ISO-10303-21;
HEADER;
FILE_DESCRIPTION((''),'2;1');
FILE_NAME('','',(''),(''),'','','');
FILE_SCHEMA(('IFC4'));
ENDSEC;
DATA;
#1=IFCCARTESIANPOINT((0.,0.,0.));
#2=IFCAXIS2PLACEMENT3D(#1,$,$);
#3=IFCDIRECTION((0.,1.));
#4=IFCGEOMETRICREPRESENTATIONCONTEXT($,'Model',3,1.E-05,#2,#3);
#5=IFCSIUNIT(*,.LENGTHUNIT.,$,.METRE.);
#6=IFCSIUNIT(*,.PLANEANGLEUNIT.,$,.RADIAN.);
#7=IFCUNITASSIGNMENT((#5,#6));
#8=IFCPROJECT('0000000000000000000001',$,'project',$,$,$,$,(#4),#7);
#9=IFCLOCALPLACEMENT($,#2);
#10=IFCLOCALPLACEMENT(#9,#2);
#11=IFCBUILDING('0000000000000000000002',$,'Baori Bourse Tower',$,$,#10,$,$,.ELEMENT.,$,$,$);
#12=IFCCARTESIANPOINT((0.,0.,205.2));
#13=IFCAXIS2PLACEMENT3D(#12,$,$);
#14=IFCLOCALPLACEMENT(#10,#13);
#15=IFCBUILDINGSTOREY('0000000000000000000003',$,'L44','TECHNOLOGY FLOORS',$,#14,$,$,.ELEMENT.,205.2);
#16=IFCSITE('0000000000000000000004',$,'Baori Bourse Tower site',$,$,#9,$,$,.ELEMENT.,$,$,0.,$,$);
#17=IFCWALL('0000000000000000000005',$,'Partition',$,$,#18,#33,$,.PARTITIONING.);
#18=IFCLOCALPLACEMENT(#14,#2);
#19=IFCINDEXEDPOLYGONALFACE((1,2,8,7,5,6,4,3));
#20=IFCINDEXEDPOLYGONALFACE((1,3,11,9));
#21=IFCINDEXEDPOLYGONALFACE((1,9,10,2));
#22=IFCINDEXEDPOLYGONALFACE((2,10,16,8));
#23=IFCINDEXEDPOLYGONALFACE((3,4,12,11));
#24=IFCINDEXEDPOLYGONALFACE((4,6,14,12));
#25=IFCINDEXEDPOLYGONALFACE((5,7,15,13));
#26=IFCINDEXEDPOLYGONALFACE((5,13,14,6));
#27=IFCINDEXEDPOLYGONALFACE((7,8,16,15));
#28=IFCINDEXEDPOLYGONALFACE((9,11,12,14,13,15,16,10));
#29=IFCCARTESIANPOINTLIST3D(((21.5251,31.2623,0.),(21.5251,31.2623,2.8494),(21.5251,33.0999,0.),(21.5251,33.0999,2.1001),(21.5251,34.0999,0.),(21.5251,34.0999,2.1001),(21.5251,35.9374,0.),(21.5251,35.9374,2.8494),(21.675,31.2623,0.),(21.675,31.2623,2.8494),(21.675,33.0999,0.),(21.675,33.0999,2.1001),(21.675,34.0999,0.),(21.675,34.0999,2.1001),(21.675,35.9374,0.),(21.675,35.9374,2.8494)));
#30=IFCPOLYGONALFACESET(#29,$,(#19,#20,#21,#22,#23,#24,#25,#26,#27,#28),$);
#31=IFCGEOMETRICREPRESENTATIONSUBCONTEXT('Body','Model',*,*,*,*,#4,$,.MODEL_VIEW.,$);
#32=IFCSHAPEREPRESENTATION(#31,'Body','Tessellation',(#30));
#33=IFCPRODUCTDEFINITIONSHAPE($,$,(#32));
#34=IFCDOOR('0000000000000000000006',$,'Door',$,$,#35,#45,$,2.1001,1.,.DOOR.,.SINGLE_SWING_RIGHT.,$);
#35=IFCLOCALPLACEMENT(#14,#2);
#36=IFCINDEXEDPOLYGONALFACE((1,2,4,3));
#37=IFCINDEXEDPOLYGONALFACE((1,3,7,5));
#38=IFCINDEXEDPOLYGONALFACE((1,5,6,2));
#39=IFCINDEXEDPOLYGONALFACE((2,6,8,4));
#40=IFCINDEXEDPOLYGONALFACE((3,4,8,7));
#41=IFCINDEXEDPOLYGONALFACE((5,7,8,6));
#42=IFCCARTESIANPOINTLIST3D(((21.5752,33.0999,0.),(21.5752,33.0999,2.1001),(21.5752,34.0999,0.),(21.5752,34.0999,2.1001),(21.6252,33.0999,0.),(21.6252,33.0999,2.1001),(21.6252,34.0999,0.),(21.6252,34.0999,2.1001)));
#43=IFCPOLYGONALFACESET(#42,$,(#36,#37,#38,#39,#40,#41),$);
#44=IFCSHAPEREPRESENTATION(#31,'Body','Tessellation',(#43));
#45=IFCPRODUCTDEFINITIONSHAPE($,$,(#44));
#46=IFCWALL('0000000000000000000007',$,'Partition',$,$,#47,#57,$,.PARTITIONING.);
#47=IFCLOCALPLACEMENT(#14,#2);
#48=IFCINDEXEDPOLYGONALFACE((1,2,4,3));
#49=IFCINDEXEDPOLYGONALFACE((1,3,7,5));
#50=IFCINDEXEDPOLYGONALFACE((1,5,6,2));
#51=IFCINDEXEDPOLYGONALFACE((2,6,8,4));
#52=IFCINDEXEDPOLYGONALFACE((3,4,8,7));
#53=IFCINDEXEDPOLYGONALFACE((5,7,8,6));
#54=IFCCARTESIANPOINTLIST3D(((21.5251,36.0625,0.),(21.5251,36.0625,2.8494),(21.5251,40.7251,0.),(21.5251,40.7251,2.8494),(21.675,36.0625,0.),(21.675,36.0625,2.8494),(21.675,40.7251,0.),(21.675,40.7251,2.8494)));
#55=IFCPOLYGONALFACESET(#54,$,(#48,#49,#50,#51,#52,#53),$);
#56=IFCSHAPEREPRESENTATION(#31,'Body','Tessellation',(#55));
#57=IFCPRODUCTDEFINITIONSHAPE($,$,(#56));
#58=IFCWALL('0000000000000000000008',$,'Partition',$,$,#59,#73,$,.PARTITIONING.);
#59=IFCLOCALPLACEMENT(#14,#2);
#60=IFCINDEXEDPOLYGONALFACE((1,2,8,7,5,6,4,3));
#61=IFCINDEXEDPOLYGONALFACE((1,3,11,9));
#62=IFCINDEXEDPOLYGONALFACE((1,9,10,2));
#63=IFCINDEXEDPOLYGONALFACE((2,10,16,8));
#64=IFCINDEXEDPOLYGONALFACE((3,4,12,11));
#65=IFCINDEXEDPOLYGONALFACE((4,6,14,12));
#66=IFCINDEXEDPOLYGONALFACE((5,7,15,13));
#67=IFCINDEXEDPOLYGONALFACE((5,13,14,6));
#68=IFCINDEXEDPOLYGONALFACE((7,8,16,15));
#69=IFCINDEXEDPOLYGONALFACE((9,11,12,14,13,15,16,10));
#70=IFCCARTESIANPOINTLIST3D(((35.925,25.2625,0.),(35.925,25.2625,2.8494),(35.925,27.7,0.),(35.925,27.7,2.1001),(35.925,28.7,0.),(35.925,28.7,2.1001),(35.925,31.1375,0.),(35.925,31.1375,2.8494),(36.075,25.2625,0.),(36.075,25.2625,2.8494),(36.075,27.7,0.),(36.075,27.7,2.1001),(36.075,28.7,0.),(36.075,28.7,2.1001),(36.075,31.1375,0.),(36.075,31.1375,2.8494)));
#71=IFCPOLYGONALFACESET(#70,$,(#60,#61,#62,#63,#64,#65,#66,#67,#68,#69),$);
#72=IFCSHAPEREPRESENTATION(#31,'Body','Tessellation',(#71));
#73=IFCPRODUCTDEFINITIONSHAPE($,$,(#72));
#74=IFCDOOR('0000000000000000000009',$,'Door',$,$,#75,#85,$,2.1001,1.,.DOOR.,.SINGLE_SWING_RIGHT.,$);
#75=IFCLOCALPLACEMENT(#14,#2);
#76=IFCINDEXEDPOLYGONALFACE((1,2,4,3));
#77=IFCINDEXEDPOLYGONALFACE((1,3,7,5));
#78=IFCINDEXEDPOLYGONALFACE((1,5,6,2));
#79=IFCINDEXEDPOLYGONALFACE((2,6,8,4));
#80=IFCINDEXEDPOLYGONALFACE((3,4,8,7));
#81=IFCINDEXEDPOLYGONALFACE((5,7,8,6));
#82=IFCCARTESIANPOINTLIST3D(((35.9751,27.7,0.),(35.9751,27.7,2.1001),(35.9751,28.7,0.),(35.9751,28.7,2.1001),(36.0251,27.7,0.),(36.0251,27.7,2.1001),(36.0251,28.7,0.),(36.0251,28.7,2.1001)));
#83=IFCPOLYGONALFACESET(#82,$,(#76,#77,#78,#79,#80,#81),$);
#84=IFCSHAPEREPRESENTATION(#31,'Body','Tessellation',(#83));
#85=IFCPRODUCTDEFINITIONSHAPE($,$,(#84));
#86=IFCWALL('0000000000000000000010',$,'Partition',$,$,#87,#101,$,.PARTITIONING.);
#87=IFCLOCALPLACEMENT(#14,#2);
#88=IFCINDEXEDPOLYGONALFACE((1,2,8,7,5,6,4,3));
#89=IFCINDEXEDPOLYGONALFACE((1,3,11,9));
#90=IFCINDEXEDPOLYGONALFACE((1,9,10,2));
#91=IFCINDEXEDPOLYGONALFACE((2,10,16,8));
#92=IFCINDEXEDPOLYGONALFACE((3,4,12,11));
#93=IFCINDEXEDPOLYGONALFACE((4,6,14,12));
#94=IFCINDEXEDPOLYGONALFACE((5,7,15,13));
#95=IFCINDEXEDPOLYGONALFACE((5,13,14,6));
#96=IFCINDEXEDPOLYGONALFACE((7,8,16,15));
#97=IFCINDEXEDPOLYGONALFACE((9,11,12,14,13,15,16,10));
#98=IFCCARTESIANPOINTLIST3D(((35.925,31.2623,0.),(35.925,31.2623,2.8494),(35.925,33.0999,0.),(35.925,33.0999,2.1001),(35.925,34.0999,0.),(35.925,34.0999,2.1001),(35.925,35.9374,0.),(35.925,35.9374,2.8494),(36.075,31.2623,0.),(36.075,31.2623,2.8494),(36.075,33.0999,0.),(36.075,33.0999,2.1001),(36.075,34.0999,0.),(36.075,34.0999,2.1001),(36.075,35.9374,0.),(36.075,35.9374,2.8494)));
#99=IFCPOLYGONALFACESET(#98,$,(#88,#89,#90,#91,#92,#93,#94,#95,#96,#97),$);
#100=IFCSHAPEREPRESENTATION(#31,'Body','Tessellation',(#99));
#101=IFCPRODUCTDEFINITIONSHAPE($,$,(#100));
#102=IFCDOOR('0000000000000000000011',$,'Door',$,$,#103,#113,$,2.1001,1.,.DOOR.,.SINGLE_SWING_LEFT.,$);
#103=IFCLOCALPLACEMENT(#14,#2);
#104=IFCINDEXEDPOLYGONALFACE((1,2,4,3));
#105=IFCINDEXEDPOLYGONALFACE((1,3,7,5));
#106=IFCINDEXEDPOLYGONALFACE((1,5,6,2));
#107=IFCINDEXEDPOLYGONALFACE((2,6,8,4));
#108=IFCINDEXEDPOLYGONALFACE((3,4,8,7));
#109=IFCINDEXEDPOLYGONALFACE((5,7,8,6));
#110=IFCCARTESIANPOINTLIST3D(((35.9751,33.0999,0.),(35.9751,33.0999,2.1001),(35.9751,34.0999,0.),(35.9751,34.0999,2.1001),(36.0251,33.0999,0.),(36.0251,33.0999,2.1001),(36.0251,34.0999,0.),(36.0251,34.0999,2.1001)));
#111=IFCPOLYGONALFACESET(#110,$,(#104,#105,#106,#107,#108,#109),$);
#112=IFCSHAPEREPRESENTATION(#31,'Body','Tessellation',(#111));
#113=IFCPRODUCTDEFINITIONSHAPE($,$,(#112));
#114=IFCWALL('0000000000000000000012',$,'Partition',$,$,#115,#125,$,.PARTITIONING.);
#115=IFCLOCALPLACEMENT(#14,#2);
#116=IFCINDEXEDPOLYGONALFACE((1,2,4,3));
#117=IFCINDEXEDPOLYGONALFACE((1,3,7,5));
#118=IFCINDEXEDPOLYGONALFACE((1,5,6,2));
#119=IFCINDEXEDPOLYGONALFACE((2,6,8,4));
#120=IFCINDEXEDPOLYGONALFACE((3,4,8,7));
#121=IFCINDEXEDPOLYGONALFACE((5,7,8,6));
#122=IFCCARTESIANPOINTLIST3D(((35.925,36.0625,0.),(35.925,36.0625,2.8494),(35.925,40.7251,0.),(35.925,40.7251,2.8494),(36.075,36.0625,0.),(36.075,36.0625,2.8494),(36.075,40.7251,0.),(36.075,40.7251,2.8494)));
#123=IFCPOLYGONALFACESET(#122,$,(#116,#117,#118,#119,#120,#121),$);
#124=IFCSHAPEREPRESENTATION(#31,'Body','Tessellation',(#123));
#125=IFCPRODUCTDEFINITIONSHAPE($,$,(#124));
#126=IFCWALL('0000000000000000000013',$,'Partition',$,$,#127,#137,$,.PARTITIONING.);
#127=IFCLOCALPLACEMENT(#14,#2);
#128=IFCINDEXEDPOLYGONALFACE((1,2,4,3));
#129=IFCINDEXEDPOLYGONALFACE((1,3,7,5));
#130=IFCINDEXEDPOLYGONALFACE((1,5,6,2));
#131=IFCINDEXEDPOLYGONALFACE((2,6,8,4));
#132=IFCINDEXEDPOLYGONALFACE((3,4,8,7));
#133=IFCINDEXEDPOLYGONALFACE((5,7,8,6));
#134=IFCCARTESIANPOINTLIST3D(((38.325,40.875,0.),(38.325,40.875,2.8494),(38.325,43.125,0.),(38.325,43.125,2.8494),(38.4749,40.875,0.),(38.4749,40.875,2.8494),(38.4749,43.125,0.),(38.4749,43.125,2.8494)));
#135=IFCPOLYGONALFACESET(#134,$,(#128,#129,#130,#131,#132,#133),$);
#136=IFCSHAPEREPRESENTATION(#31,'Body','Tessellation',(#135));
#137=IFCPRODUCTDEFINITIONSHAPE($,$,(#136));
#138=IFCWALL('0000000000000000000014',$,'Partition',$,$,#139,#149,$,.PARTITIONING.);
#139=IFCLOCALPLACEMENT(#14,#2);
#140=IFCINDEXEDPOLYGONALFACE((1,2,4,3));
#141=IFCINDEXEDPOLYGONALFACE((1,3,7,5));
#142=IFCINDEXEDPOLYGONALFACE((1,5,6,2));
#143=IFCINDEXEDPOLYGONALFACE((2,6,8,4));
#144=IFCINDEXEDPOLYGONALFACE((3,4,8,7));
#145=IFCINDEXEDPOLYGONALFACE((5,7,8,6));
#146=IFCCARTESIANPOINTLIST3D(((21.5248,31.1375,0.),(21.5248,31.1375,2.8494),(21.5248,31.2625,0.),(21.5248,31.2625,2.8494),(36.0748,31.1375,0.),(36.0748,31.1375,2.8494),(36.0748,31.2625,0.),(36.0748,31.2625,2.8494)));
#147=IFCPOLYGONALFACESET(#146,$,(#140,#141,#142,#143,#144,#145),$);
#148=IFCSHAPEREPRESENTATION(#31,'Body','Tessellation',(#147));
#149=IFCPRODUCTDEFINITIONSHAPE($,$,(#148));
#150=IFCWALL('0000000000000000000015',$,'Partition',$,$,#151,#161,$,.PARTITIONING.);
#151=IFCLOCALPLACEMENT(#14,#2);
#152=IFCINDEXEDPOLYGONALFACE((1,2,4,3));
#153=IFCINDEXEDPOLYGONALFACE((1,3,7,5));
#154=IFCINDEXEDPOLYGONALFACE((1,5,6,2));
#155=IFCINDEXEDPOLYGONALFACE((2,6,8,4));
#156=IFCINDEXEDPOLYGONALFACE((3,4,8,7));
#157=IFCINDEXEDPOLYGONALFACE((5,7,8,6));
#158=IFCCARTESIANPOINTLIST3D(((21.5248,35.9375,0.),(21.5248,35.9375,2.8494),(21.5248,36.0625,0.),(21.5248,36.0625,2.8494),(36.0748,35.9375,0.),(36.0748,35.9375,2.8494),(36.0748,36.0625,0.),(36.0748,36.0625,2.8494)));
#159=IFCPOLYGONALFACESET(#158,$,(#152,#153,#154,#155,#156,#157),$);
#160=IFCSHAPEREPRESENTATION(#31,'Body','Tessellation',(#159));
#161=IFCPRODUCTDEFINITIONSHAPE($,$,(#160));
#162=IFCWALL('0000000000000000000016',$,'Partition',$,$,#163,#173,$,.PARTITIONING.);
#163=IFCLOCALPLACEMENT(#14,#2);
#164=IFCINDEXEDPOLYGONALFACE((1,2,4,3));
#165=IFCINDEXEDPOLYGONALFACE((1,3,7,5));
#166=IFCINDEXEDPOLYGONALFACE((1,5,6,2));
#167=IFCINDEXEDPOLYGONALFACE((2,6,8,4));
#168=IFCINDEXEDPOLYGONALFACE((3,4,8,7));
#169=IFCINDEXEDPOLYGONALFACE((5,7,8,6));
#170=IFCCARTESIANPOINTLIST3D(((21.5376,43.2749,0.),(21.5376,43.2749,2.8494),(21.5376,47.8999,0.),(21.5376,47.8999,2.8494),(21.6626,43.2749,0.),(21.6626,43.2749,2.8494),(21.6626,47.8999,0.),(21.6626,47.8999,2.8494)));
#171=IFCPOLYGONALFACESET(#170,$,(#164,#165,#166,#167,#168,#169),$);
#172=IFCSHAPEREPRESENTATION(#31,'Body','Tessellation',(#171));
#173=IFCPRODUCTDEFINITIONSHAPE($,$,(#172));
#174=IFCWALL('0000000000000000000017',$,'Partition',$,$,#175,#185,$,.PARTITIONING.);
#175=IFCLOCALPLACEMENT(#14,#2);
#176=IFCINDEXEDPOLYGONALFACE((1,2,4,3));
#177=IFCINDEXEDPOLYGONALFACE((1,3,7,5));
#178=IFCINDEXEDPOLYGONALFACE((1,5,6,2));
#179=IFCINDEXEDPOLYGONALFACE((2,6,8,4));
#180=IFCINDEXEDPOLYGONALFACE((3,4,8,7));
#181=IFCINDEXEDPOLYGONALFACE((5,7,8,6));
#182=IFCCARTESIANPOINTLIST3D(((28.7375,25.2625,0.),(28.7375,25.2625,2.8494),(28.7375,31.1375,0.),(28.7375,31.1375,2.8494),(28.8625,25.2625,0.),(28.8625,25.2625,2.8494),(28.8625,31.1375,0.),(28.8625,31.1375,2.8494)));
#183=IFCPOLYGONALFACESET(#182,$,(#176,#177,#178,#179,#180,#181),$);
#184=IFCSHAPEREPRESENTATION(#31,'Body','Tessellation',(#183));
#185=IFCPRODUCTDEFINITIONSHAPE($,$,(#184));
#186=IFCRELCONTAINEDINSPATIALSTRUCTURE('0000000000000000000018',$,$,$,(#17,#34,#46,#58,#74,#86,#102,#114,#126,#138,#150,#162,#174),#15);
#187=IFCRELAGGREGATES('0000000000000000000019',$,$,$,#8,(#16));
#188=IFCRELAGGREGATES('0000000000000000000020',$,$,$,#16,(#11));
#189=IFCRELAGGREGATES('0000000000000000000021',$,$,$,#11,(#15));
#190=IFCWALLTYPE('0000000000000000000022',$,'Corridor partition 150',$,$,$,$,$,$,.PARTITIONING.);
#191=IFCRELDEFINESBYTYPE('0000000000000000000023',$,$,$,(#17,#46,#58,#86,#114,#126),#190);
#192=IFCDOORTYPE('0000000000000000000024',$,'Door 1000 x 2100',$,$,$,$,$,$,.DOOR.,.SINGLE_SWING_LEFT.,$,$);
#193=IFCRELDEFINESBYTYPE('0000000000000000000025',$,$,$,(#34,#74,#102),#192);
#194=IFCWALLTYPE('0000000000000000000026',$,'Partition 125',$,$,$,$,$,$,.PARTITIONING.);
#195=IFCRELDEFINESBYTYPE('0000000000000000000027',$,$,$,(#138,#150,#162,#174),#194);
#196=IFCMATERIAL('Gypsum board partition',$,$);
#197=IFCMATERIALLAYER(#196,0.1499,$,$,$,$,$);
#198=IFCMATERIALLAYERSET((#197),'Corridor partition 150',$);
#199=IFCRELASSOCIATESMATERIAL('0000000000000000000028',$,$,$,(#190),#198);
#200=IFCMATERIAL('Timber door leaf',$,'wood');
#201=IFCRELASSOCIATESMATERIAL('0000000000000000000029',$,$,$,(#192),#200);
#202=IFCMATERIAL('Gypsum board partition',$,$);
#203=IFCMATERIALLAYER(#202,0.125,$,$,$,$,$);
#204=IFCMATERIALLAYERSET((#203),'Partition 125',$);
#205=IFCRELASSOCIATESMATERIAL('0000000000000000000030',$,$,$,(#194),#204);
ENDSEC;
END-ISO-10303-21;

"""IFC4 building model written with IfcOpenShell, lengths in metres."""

from ifc_helpers import new_model, si_unit, direction, frame, frame_2d, origin, place, context, subcontext, project, spatial, rectangle, extrude, material, layer, layer_set, type_object, element, fill, save


model = new_model("IFC4")

# Units and contexts
model_context = context("Model", 3, precision=1e-05, world=origin(), true_north=direction((0.0, 1.0)))
body_context = subcontext(model_context, "Body", "Model", "MODEL_VIEW")
ifc_project = project(units=[si_unit("LENGTHUNIT", "METRE"), si_unit("PLANEANGLEUNIT", "RADIAN")], contexts=[model_context])

# Site, building, storey
site_placement = place(None, origin())
site = spatial("IfcSite", under=ifc_project, at=site_placement, Name="Baori Bourse Tower site", CompositionType="ELEMENT", RefElevation=0.0)
building_placement = place(site_placement, origin())
building = spatial("IfcBuilding", under=site, at=building_placement, Name="Baori Bourse Tower", CompositionType="ELEMENT")
storey_placement = place(building_placement, frame((0.0, 0.0, 205.2)))
storey = spatial("IfcBuildingStorey", under=building, at=storey_placement, Name="L44", Description="TECHNOLOGY FLOORS", CompositionType="ELEMENT", Elevation=205.2)

# Shared definitions
ifc_material_1 = material(Name="Gypsum board partition")
ifc_layer_1 = layer(ifc_material_1, 0.1499)
ifc_layer_set_1 = layer_set([ifc_layer_1], Name="Corridor partition 150")
wall_type_1 = type_object("IfcWallType", Name="Corridor partition 150", PredefinedType="PARTITIONING", material=ifc_layer_set_1)
ifc_material_2 = material(Name="Timber door leaf", Category="wood")
door_type = type_object("IfcDoorType", Name="Door 1000 x 2100", OperationType="SINGLE_SWING_LEFT", PredefinedType="DOOR", material=ifc_material_2)

# Wall, opening, door
wall_1_placement = place(storey_placement, frame((21.6001, 31.2625, 0.0), z_axis=(0.0, 0.0, 1.0), x_axis=(0.0, 1.0, 0.0)))
wall_1 = element("IfcWall", 1, at=wall_1_placement, inside=storey, type_object=wall_type_1, Name="Partition", PredefinedType="PARTITIONING", context=body_context, shape_type="SweptSolid", body=[
    extrude(rectangle(XDim=4.675, YDim=0.1499, at=frame_2d((2.3374, 0.0))), origin(), (0.0, 0.0, 1.0), 2.8494),
])
opening_1_placement = place(wall_1_placement, frame((1.8374, 0.0, 0.0)))
opening_1 = element("IfcOpeningElement", 2, at=opening_1_placement, cuts=wall_1, PredefinedType="OPENING", context=body_context, shape_type="SweptSolid", body=[
    extrude(rectangle(XDim=1.0, YDim=2.1001, at=frame_2d((0.5, 1.05))), frame((0.0, 0.085, 0.0), z_axis=(0.0, -1.0, 0.0), x_axis=(1.0, 0.0, 0.0)), (0.0, 0.0, 1.0), 0.1699),
])
door_1_placement = place(opening_1_placement, origin())
door_1 = element("IfcDoor", 3, at=door_1_placement, inside=storey, type_object=door_type, Name="Door", OperationType="SINGLE_SWING_RIGHT", OverallHeight=2.1001, OverallWidth=1.0, PredefinedType="DOOR", context=body_context, shape_type="SweptSolid", body=[
    extrude(rectangle(XDim=1.0, YDim=2.1001, at=frame_2d((0.5, 1.05))), frame((0.0, 0.0249, 0.0), z_axis=(0.0, -1.0, 0.0), x_axis=(1.0, 0.0, 0.0)), (0.0, 0.0, 1.0), 0.05),
])
fill(opening_1, door_1)

# Wall
wall_2_placement = place(storey_placement, frame((21.6001, 36.0625, 0.0), z_axis=(0.0, 0.0, 1.0), x_axis=(0.0, 1.0, 0.0)))
element("IfcWall", 4, at=wall_2_placement, inside=storey, type_object=wall_type_1, Name="Partition", PredefinedType="PARTITIONING", context=body_context, shape_type="SweptSolid", body=[
    extrude(rectangle(XDim=4.6626, YDim=0.1499, at=frame_2d((2.3313, 0.0))), origin(), (0.0, 0.0, 1.0), 2.8494),
])

# Walls, openings, doors
wall_3_placement = place(storey_placement, frame((36.0, 25.2625, 0.0), z_axis=(0.0, 0.0, 1.0), x_axis=(0.0, 1.0, 0.0)))
wall_3 = element("IfcWall", 5, at=wall_3_placement, inside=storey, type_object=wall_type_1, Name="Partition", PredefinedType="PARTITIONING", context=body_context, shape_type="SweptSolid", body=[
    extrude(rectangle(XDim=5.875, YDim=0.1499, at=frame_2d((2.9375, 0.0))), origin(), (0.0, 0.0, 1.0), 2.8494),
])
opening_2_placement = place(wall_3_placement, frame((2.4375, 0.0, 0.0)))
opening_2 = element("IfcOpeningElement", 6, at=opening_2_placement, cuts=wall_3, PredefinedType="OPENING", context=body_context, shape_type="SweptSolid", body=[
    extrude(rectangle(XDim=1.0, YDim=2.1001, at=frame_2d((0.5, 1.05))), frame((0.0, 0.085, 0.0), z_axis=(0.0, -1.0, 0.0), x_axis=(1.0, 0.0, 0.0)), (0.0, 0.0, 1.0), 0.1699),
])
door_2_placement = place(opening_2_placement, origin())
door_2 = element("IfcDoor", 7, at=door_2_placement, inside=storey, type_object=door_type, Name="Door", OperationType="SINGLE_SWING_RIGHT", OverallHeight=2.1001, OverallWidth=1.0, PredefinedType="DOOR", context=body_context, shape_type="SweptSolid", body=[
    extrude(rectangle(XDim=1.0, YDim=2.1001, at=frame_2d((0.5, 1.05))), frame((0.0, 0.0249, 0.0), z_axis=(0.0, -1.0, 0.0), x_axis=(1.0, 0.0, 0.0)), (0.0, 0.0, 1.0), 0.05),
])
fill(opening_2, door_2)
wall_4_placement = place(storey_placement, frame((36.0, 31.2625, 0.0), z_axis=(0.0, 0.0, 1.0), x_axis=(0.0, 1.0, 0.0)))
wall_4 = element("IfcWall", 8, at=wall_4_placement, inside=storey, type_object=wall_type_1, Name="Partition", PredefinedType="PARTITIONING", context=body_context, shape_type="SweptSolid", body=[
    extrude(rectangle(XDim=4.675, YDim=0.1499, at=frame_2d((2.3374, 0.0))), origin(), (0.0, 0.0, 1.0), 2.8494),
])
opening_3_placement = place(wall_4_placement, frame((1.8374, 0.0, 0.0)))
opening_3 = element("IfcOpeningElement", 9, at=opening_3_placement, cuts=wall_4, PredefinedType="OPENING", context=body_context, shape_type="SweptSolid", body=[
    extrude(rectangle(XDim=1.0, YDim=2.1001, at=frame_2d((0.5, 1.05))), frame((0.0, 0.085, 0.0), z_axis=(0.0, -1.0, 0.0), x_axis=(1.0, 0.0, 0.0)), (0.0, 0.0, 1.0), 0.1699),
])
door_3_placement = place(opening_3_placement, origin())
door_3 = element("IfcDoor", 10, at=door_3_placement, inside=storey, type_object=door_type, Name="Door", OperationType="SINGLE_SWING_LEFT", OverallHeight=2.1001, OverallWidth=1.0, PredefinedType="DOOR", context=body_context, shape_type="SweptSolid", body=[
    extrude(rectangle(XDim=1.0, YDim=2.1001, at=frame_2d((0.5, 1.05))), frame((0.0, 0.0249, 0.0), z_axis=(0.0, -1.0, 0.0), x_axis=(1.0, 0.0, 0.0)), (0.0, 0.0, 1.0), 0.05),
])
fill(opening_3, door_3)

# Walls
wall_5_placement = place(storey_placement, frame((36.0, 36.0625, 0.0), z_axis=(0.0, 0.0, 1.0), x_axis=(0.0, 1.0, 0.0)))
element("IfcWall", 11, at=wall_5_placement, inside=storey, type_object=wall_type_1, Name="Partition", PredefinedType="PARTITIONING", context=body_context, shape_type="SweptSolid", body=[
    extrude(rectangle(XDim=4.6626, YDim=0.1499, at=frame_2d((2.3313, 0.0))), origin(), (0.0, 0.0, 1.0), 2.8494),
])
wall_6_placement = place(storey_placement, frame((38.3999, 40.875, 0.0), z_axis=(0.0, 0.0, 1.0), x_axis=(0.0, 1.0, 0.0)))
element("IfcWall", 12, at=wall_6_placement, inside=storey, type_object=wall_type_1, Name="Partition", PredefinedType="PARTITIONING", context=body_context, shape_type="SweptSolid", body=[
    extrude(rectangle(XDim=2.25, YDim=0.1499, at=frame_2d((1.125, 0.0))), origin(), (0.0, 0.0, 1.0), 2.8494),
])
ifc_material_3 = material(Name="Gypsum board partition")
ifc_layer_2 = layer(ifc_material_3, 0.125)
ifc_layer_set_2 = layer_set([ifc_layer_2], Name="Partition 125")
wall_type_2 = type_object("IfcWallType", Name="Partition 125", PredefinedType="PARTITIONING", material=ifc_layer_set_2)
for number, where, z_axis, x_axis, name in (
    (13, (21.5249, 31.2, 0.0), (0.0, 0.0, 1.0), (1.0, 0.0, 0.0), "Partition"),
    (14, (21.5249, 36.0, 0.0), (0.0, 0.0, 1.0), (1.0, 0.0, 0.0), "Partition"),
):
    element("IfcWall", number, at=place(storey_placement, frame(where, z_axis=z_axis, x_axis=x_axis)), inside=storey, type_object=wall_type_2, Name=name, PredefinedType="PARTITIONING", context=body_context, shape_type="SweptSolid", body=[
        extrude(rectangle(XDim=14.55, YDim=0.125, at=frame_2d((7.2749, 0.0))), origin(), (0.0, 0.0, 1.0), 2.8494),
    ])
wall_7_placement = place(storey_placement, frame((21.6001, 43.2749, 0.0), z_axis=(0.0, 0.0, 1.0), x_axis=(0.0, 1.0, 0.0)))
element("IfcWall", 15, at=wall_7_placement, inside=storey, type_object=wall_type_2, Name="Partition", PredefinedType="PARTITIONING", context=body_context, shape_type="SweptSolid", body=[
    extrude(rectangle(XDim=4.625, YDim=0.125, at=frame_2d((2.3125, 0.0))), origin(), (0.0, 0.0, 1.0), 2.8494),
])
wall_8_placement = place(storey_placement, frame((28.8, 25.2625, 0.0), z_axis=(0.0, 0.0, 1.0), x_axis=(0.0, 1.0, 0.0)))
element("IfcWall", 16, at=wall_8_placement, inside=storey, type_object=wall_type_2, Name="Partition", PredefinedType="PARTITIONING", context=body_context, shape_type="SweptSolid", body=[
    extrude(rectangle(XDim=5.875, YDim=0.125, at=frame_2d((2.9375, 0.0))), origin(), (0.0, 0.0, 1.0), 2.8494),
])

save(model, "model.ifc")
